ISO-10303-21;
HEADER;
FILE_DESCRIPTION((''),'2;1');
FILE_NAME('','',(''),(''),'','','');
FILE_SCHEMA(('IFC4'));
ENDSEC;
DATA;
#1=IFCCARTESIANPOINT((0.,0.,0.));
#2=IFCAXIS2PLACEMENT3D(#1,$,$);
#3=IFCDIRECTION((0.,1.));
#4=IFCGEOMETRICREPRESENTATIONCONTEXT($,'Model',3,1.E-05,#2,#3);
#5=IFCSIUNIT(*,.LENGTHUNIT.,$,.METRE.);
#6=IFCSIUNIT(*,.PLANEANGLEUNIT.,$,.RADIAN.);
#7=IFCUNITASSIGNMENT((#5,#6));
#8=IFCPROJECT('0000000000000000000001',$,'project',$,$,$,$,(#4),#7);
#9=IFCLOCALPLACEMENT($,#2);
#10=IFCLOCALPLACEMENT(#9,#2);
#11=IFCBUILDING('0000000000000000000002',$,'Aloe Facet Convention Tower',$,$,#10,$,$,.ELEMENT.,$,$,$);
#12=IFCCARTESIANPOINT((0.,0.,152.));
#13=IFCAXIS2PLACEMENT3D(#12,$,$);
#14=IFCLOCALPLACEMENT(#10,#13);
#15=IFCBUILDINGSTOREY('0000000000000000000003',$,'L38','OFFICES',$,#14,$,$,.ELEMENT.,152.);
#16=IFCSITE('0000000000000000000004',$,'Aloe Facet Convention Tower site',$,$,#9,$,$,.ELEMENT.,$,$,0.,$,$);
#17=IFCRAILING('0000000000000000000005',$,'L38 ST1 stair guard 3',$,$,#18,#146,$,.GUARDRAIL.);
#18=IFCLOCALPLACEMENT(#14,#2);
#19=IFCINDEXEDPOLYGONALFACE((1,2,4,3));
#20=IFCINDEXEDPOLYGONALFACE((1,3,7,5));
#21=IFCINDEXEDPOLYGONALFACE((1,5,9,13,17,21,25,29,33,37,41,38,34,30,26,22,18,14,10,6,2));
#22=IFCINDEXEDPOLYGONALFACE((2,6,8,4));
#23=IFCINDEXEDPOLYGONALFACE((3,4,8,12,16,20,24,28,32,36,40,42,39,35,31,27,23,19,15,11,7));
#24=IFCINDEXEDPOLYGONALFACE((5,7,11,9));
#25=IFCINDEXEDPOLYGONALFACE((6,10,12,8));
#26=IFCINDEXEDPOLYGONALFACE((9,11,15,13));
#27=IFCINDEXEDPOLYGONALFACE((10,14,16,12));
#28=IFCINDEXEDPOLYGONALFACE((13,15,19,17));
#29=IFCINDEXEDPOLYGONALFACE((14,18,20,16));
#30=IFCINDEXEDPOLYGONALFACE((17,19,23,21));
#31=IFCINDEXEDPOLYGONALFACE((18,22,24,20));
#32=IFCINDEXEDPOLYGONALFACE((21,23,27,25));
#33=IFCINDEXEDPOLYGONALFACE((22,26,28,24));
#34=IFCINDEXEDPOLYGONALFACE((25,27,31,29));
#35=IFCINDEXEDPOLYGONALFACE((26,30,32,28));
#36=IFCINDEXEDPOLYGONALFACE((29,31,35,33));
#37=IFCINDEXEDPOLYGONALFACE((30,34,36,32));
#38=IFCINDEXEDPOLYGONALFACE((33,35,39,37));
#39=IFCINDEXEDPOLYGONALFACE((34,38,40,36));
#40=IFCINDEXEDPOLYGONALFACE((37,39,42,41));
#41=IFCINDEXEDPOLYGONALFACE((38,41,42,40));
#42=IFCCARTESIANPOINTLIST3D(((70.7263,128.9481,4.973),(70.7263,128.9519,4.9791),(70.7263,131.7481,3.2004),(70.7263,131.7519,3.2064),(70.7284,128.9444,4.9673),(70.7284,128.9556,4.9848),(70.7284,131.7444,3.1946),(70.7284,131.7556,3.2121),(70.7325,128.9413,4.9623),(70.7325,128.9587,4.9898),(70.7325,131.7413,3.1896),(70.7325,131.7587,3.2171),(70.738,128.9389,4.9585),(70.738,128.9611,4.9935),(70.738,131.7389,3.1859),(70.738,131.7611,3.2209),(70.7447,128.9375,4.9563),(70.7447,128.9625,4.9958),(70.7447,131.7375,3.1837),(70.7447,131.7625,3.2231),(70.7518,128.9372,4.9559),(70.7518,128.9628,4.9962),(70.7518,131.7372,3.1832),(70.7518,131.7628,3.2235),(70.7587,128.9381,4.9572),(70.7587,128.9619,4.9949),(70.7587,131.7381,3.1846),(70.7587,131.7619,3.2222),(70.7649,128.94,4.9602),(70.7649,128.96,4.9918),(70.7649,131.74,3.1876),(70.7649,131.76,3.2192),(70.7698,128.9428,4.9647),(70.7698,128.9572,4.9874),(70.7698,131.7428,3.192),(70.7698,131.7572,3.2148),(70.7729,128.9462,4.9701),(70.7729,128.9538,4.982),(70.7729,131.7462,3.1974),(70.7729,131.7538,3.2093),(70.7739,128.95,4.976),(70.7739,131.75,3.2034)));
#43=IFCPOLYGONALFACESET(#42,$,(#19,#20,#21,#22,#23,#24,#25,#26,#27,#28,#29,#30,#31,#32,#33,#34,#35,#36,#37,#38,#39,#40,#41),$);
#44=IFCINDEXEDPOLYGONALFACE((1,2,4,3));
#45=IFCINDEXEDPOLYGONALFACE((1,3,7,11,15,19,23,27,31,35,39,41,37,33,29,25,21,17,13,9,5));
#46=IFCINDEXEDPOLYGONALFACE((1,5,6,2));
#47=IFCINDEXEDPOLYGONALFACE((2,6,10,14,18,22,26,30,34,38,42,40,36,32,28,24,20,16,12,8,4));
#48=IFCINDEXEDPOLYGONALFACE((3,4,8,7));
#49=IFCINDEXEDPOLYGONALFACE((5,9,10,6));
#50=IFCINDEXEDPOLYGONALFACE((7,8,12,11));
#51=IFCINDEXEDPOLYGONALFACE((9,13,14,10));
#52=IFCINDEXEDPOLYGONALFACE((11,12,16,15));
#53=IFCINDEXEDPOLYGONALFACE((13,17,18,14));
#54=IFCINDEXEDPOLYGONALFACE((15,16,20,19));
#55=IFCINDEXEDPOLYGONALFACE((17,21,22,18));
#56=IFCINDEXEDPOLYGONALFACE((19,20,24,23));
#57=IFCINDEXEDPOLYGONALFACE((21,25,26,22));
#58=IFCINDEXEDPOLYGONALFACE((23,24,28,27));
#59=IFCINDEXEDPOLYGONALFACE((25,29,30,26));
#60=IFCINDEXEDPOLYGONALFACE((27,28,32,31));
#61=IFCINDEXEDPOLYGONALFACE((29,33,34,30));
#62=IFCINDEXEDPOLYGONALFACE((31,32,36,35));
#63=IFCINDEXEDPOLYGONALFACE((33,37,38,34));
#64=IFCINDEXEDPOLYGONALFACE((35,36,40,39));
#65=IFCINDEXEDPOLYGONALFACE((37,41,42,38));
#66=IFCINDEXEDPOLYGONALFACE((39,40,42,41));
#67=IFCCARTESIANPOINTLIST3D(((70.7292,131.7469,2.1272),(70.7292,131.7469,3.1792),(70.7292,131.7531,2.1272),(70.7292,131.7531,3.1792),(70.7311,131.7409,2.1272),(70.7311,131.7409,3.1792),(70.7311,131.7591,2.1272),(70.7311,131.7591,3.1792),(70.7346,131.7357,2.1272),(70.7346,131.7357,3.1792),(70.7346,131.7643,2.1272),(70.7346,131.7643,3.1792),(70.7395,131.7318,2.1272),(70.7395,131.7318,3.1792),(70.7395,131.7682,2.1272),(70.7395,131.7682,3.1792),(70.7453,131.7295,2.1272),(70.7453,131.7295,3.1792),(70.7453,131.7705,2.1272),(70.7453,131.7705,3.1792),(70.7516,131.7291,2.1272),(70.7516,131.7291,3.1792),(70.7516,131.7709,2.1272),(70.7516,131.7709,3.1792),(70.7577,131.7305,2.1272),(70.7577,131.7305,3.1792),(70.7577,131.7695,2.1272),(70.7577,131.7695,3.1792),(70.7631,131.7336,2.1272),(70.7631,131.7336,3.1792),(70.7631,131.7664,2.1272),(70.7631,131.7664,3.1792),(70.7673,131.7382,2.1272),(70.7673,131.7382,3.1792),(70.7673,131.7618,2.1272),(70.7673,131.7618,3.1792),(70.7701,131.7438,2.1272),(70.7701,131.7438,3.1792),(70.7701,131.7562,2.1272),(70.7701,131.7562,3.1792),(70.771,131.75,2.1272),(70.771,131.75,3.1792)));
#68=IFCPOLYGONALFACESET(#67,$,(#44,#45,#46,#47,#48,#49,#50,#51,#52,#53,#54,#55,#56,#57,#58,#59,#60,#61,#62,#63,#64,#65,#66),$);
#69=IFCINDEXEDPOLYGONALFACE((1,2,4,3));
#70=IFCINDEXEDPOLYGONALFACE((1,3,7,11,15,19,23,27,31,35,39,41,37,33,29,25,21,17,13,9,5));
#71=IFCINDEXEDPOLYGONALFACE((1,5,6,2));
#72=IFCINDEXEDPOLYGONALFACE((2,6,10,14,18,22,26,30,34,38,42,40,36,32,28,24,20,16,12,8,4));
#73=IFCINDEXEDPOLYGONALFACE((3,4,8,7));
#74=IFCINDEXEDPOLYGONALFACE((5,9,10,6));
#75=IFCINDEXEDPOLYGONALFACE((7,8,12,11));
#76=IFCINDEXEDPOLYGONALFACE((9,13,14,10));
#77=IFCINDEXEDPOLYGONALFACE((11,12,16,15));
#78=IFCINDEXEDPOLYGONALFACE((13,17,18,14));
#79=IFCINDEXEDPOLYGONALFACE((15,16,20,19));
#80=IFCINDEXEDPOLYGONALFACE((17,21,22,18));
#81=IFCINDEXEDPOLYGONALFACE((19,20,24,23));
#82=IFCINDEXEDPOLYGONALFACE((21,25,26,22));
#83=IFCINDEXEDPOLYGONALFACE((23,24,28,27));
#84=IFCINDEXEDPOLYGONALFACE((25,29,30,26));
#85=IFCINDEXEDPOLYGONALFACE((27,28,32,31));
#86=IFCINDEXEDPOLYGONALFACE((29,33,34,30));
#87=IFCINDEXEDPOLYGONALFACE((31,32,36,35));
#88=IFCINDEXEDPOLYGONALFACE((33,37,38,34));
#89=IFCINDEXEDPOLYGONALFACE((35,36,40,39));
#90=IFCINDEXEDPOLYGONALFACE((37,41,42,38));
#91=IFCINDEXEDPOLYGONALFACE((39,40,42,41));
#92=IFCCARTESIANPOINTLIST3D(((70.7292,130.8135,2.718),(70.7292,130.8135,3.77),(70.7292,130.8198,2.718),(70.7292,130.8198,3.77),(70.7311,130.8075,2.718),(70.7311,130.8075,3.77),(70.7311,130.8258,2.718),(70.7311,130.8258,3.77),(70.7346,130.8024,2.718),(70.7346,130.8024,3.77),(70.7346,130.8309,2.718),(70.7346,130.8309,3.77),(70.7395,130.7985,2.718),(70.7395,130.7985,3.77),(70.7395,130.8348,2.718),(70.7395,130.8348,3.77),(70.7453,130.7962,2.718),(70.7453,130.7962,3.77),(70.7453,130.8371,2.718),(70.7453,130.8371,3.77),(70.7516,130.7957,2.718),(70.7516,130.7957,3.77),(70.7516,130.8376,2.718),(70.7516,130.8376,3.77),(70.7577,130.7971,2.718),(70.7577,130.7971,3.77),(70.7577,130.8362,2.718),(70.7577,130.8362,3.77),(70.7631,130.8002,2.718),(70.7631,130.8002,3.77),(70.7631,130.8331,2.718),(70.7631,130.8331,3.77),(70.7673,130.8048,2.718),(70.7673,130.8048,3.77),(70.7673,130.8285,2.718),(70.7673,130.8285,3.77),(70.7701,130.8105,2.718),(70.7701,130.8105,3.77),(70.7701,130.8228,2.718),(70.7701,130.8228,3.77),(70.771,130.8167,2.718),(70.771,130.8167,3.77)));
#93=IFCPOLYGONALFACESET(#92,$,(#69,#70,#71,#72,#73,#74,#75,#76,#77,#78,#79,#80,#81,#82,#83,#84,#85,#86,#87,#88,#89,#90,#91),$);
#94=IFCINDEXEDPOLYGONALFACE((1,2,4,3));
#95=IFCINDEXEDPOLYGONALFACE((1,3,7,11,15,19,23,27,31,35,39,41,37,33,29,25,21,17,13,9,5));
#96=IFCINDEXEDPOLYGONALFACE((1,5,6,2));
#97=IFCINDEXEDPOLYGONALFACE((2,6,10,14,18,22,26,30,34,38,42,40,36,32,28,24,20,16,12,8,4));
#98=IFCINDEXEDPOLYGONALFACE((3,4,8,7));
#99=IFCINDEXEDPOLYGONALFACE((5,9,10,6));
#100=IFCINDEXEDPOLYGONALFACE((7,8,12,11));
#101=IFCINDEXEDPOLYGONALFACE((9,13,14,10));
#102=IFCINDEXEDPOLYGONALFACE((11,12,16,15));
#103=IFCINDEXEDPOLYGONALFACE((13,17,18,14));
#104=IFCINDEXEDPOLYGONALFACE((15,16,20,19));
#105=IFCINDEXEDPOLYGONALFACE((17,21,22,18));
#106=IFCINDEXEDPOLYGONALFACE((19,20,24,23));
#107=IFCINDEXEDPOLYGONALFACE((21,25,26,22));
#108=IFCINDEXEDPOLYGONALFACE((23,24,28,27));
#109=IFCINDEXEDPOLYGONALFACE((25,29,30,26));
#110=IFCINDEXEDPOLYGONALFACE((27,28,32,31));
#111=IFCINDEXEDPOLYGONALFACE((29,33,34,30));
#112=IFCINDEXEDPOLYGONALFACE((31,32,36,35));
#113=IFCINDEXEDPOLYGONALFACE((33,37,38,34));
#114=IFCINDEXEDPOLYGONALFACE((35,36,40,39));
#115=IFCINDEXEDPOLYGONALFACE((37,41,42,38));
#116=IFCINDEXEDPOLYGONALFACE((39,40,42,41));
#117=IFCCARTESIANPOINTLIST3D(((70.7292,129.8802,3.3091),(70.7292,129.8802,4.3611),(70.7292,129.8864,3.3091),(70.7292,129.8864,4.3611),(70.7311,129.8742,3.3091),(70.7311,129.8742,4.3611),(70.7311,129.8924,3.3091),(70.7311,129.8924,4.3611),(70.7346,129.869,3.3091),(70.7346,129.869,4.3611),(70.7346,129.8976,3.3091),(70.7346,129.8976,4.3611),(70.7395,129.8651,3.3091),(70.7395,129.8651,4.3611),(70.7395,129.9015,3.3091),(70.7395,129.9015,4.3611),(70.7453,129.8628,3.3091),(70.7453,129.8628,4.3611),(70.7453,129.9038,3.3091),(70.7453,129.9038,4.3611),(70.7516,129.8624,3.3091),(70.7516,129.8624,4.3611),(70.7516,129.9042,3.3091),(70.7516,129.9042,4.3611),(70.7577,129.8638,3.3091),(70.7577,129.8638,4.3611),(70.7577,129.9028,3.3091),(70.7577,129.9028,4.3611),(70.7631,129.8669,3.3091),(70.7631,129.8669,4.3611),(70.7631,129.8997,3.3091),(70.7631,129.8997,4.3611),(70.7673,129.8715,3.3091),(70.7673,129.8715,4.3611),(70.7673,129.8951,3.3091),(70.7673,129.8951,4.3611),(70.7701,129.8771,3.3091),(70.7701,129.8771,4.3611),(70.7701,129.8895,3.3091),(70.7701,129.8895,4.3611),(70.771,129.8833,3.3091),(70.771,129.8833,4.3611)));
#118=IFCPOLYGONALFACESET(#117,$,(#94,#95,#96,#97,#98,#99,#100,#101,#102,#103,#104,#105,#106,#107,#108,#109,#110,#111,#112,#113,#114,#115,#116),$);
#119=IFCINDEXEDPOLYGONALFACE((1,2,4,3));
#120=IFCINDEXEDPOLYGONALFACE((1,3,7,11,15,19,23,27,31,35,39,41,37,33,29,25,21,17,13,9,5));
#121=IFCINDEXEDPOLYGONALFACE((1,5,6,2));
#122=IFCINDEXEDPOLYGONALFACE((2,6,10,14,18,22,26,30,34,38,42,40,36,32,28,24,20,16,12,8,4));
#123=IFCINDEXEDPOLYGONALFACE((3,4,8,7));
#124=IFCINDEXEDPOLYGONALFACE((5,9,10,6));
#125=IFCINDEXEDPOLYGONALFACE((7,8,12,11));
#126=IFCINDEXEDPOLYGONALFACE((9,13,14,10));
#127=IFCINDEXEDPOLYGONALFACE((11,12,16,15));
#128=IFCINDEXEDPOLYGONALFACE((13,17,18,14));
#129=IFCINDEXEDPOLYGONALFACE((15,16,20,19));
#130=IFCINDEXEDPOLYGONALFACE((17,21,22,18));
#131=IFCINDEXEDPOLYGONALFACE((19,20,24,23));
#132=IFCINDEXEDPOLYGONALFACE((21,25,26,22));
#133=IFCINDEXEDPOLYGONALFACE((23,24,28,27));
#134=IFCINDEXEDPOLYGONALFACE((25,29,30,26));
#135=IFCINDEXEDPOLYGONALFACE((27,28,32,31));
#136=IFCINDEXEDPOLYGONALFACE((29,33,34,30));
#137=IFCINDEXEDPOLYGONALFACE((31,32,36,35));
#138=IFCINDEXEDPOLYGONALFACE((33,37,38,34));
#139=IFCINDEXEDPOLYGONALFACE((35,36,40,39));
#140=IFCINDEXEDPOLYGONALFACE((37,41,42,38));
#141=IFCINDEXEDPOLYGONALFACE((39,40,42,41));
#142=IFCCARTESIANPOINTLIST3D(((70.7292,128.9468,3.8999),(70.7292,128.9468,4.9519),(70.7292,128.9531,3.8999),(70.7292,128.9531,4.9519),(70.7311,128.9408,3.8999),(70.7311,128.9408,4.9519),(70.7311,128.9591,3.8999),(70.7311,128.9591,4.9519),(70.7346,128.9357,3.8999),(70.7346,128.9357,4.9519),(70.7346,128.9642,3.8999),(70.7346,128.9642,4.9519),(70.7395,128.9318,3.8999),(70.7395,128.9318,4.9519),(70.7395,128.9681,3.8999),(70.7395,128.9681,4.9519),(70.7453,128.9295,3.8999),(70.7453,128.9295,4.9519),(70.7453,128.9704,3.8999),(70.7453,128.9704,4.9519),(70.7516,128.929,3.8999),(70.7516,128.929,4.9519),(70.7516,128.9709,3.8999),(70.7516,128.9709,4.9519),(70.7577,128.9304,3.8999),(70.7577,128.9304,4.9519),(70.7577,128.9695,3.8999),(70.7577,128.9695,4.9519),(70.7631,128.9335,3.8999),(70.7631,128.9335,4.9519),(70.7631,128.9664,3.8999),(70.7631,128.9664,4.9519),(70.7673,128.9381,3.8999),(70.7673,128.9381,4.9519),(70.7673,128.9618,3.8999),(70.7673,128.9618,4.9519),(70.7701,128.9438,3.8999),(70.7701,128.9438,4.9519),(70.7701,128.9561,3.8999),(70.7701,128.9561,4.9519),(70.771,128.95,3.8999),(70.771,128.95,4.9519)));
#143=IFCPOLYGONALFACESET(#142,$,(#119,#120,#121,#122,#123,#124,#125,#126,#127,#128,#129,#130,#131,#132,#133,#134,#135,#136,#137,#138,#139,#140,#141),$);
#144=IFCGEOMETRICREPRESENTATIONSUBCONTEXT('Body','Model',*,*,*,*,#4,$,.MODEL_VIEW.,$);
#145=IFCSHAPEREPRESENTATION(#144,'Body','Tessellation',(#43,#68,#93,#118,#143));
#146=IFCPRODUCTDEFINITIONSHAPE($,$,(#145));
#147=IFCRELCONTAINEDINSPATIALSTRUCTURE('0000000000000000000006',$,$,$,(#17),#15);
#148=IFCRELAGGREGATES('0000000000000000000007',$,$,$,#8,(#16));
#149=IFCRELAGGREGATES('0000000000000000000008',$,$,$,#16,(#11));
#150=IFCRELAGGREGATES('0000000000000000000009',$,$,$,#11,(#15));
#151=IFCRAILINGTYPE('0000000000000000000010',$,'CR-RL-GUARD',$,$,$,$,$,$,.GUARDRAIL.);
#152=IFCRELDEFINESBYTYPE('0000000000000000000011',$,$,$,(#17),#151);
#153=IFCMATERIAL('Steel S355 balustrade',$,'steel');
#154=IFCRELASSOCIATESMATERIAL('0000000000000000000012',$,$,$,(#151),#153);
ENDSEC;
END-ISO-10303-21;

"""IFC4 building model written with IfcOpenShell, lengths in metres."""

from ifc_helpers import new_model, si_unit, direction, frame, origin, origin_2d, place, context, subcontext, project, spatial, circle, extrude, material, type_object, element, save


model = new_model("IFC4")

# Units and contexts
model_context = context("Model", 3, precision=1e-05, world=origin(), true_north=direction((0.0, 1.0)))
body_context = subcontext(model_context, "Body", "Model", "MODEL_VIEW")
ifc_project = project(units=[si_unit("LENGTHUNIT", "METRE"), si_unit("PLANEANGLEUNIT", "RADIAN")], contexts=[model_context])

# Site, building, storey
site_placement = place(None, origin())
site = spatial("IfcSite", under=ifc_project, at=site_placement, Name="Aloe Facet Convention Tower site", CompositionType="ELEMENT", RefElevation=0.0)
building_placement = place(site_placement, origin())
building = spatial("IfcBuilding", under=site, at=building_placement, Name="Aloe Facet Convention Tower", CompositionType="ELEMENT")
storey_placement = place(building_placement, frame((0.0, 0.0, 152.0)))
storey = spatial("IfcBuildingStorey", under=building, at=storey_placement, Name="L38", Description="OFFICES", CompositionType="ELEMENT", Elevation=152.0)

# Railing
ifc_material_1 = material(Name="Steel S355 balustrade", Category="steel")
railing_type_1 = type_object("IfcRailingType", Name="CR-RL-GUARD", PredefinedType="GUARDRAIL", material=ifc_material_1)
railing_1_placement = place(storey_placement, frame((70.75, 131.75, 2.1272)))
element("IfcRailing", 1, at=railing_1_placement, inside=storey, type_object=railing_type_1, Name="L38 ST1 stair guard 3", PredefinedType="GUARDRAIL", context=body_context, shape_type="SweptSolid", body=[
    extrude(circle(Radius=0.0239, at=origin_2d()), frame((0.0, 0.0, 1.0762), z_axis=(0.0, -0.844909, 0.53491), x_axis=(1.0, 0.0, 0.0)), (0.0, 0.0, 1.0), 3.314),
    extrude(circle(Radius=0.021, at=origin_2d()), origin(), (0.0, 0.0, 1.0), 1.052),
    extrude(circle(Radius=0.021, at=origin_2d()), frame((0.0, -0.9333, 0.5908)), (0.0, 0.0, 1.0), 1.052),
    extrude(circle(Radius=0.021, at=origin_2d()), frame((0.0, -1.8667, 1.1819)), (0.0, 0.0, 1.0), 1.052),
    extrude(circle(Radius=0.021, at=origin_2d()), frame((0.0, -2.8, 1.7727)), (0.0, 0.0, 1.0), 1.052),
])

save(model, "model.ifc")
